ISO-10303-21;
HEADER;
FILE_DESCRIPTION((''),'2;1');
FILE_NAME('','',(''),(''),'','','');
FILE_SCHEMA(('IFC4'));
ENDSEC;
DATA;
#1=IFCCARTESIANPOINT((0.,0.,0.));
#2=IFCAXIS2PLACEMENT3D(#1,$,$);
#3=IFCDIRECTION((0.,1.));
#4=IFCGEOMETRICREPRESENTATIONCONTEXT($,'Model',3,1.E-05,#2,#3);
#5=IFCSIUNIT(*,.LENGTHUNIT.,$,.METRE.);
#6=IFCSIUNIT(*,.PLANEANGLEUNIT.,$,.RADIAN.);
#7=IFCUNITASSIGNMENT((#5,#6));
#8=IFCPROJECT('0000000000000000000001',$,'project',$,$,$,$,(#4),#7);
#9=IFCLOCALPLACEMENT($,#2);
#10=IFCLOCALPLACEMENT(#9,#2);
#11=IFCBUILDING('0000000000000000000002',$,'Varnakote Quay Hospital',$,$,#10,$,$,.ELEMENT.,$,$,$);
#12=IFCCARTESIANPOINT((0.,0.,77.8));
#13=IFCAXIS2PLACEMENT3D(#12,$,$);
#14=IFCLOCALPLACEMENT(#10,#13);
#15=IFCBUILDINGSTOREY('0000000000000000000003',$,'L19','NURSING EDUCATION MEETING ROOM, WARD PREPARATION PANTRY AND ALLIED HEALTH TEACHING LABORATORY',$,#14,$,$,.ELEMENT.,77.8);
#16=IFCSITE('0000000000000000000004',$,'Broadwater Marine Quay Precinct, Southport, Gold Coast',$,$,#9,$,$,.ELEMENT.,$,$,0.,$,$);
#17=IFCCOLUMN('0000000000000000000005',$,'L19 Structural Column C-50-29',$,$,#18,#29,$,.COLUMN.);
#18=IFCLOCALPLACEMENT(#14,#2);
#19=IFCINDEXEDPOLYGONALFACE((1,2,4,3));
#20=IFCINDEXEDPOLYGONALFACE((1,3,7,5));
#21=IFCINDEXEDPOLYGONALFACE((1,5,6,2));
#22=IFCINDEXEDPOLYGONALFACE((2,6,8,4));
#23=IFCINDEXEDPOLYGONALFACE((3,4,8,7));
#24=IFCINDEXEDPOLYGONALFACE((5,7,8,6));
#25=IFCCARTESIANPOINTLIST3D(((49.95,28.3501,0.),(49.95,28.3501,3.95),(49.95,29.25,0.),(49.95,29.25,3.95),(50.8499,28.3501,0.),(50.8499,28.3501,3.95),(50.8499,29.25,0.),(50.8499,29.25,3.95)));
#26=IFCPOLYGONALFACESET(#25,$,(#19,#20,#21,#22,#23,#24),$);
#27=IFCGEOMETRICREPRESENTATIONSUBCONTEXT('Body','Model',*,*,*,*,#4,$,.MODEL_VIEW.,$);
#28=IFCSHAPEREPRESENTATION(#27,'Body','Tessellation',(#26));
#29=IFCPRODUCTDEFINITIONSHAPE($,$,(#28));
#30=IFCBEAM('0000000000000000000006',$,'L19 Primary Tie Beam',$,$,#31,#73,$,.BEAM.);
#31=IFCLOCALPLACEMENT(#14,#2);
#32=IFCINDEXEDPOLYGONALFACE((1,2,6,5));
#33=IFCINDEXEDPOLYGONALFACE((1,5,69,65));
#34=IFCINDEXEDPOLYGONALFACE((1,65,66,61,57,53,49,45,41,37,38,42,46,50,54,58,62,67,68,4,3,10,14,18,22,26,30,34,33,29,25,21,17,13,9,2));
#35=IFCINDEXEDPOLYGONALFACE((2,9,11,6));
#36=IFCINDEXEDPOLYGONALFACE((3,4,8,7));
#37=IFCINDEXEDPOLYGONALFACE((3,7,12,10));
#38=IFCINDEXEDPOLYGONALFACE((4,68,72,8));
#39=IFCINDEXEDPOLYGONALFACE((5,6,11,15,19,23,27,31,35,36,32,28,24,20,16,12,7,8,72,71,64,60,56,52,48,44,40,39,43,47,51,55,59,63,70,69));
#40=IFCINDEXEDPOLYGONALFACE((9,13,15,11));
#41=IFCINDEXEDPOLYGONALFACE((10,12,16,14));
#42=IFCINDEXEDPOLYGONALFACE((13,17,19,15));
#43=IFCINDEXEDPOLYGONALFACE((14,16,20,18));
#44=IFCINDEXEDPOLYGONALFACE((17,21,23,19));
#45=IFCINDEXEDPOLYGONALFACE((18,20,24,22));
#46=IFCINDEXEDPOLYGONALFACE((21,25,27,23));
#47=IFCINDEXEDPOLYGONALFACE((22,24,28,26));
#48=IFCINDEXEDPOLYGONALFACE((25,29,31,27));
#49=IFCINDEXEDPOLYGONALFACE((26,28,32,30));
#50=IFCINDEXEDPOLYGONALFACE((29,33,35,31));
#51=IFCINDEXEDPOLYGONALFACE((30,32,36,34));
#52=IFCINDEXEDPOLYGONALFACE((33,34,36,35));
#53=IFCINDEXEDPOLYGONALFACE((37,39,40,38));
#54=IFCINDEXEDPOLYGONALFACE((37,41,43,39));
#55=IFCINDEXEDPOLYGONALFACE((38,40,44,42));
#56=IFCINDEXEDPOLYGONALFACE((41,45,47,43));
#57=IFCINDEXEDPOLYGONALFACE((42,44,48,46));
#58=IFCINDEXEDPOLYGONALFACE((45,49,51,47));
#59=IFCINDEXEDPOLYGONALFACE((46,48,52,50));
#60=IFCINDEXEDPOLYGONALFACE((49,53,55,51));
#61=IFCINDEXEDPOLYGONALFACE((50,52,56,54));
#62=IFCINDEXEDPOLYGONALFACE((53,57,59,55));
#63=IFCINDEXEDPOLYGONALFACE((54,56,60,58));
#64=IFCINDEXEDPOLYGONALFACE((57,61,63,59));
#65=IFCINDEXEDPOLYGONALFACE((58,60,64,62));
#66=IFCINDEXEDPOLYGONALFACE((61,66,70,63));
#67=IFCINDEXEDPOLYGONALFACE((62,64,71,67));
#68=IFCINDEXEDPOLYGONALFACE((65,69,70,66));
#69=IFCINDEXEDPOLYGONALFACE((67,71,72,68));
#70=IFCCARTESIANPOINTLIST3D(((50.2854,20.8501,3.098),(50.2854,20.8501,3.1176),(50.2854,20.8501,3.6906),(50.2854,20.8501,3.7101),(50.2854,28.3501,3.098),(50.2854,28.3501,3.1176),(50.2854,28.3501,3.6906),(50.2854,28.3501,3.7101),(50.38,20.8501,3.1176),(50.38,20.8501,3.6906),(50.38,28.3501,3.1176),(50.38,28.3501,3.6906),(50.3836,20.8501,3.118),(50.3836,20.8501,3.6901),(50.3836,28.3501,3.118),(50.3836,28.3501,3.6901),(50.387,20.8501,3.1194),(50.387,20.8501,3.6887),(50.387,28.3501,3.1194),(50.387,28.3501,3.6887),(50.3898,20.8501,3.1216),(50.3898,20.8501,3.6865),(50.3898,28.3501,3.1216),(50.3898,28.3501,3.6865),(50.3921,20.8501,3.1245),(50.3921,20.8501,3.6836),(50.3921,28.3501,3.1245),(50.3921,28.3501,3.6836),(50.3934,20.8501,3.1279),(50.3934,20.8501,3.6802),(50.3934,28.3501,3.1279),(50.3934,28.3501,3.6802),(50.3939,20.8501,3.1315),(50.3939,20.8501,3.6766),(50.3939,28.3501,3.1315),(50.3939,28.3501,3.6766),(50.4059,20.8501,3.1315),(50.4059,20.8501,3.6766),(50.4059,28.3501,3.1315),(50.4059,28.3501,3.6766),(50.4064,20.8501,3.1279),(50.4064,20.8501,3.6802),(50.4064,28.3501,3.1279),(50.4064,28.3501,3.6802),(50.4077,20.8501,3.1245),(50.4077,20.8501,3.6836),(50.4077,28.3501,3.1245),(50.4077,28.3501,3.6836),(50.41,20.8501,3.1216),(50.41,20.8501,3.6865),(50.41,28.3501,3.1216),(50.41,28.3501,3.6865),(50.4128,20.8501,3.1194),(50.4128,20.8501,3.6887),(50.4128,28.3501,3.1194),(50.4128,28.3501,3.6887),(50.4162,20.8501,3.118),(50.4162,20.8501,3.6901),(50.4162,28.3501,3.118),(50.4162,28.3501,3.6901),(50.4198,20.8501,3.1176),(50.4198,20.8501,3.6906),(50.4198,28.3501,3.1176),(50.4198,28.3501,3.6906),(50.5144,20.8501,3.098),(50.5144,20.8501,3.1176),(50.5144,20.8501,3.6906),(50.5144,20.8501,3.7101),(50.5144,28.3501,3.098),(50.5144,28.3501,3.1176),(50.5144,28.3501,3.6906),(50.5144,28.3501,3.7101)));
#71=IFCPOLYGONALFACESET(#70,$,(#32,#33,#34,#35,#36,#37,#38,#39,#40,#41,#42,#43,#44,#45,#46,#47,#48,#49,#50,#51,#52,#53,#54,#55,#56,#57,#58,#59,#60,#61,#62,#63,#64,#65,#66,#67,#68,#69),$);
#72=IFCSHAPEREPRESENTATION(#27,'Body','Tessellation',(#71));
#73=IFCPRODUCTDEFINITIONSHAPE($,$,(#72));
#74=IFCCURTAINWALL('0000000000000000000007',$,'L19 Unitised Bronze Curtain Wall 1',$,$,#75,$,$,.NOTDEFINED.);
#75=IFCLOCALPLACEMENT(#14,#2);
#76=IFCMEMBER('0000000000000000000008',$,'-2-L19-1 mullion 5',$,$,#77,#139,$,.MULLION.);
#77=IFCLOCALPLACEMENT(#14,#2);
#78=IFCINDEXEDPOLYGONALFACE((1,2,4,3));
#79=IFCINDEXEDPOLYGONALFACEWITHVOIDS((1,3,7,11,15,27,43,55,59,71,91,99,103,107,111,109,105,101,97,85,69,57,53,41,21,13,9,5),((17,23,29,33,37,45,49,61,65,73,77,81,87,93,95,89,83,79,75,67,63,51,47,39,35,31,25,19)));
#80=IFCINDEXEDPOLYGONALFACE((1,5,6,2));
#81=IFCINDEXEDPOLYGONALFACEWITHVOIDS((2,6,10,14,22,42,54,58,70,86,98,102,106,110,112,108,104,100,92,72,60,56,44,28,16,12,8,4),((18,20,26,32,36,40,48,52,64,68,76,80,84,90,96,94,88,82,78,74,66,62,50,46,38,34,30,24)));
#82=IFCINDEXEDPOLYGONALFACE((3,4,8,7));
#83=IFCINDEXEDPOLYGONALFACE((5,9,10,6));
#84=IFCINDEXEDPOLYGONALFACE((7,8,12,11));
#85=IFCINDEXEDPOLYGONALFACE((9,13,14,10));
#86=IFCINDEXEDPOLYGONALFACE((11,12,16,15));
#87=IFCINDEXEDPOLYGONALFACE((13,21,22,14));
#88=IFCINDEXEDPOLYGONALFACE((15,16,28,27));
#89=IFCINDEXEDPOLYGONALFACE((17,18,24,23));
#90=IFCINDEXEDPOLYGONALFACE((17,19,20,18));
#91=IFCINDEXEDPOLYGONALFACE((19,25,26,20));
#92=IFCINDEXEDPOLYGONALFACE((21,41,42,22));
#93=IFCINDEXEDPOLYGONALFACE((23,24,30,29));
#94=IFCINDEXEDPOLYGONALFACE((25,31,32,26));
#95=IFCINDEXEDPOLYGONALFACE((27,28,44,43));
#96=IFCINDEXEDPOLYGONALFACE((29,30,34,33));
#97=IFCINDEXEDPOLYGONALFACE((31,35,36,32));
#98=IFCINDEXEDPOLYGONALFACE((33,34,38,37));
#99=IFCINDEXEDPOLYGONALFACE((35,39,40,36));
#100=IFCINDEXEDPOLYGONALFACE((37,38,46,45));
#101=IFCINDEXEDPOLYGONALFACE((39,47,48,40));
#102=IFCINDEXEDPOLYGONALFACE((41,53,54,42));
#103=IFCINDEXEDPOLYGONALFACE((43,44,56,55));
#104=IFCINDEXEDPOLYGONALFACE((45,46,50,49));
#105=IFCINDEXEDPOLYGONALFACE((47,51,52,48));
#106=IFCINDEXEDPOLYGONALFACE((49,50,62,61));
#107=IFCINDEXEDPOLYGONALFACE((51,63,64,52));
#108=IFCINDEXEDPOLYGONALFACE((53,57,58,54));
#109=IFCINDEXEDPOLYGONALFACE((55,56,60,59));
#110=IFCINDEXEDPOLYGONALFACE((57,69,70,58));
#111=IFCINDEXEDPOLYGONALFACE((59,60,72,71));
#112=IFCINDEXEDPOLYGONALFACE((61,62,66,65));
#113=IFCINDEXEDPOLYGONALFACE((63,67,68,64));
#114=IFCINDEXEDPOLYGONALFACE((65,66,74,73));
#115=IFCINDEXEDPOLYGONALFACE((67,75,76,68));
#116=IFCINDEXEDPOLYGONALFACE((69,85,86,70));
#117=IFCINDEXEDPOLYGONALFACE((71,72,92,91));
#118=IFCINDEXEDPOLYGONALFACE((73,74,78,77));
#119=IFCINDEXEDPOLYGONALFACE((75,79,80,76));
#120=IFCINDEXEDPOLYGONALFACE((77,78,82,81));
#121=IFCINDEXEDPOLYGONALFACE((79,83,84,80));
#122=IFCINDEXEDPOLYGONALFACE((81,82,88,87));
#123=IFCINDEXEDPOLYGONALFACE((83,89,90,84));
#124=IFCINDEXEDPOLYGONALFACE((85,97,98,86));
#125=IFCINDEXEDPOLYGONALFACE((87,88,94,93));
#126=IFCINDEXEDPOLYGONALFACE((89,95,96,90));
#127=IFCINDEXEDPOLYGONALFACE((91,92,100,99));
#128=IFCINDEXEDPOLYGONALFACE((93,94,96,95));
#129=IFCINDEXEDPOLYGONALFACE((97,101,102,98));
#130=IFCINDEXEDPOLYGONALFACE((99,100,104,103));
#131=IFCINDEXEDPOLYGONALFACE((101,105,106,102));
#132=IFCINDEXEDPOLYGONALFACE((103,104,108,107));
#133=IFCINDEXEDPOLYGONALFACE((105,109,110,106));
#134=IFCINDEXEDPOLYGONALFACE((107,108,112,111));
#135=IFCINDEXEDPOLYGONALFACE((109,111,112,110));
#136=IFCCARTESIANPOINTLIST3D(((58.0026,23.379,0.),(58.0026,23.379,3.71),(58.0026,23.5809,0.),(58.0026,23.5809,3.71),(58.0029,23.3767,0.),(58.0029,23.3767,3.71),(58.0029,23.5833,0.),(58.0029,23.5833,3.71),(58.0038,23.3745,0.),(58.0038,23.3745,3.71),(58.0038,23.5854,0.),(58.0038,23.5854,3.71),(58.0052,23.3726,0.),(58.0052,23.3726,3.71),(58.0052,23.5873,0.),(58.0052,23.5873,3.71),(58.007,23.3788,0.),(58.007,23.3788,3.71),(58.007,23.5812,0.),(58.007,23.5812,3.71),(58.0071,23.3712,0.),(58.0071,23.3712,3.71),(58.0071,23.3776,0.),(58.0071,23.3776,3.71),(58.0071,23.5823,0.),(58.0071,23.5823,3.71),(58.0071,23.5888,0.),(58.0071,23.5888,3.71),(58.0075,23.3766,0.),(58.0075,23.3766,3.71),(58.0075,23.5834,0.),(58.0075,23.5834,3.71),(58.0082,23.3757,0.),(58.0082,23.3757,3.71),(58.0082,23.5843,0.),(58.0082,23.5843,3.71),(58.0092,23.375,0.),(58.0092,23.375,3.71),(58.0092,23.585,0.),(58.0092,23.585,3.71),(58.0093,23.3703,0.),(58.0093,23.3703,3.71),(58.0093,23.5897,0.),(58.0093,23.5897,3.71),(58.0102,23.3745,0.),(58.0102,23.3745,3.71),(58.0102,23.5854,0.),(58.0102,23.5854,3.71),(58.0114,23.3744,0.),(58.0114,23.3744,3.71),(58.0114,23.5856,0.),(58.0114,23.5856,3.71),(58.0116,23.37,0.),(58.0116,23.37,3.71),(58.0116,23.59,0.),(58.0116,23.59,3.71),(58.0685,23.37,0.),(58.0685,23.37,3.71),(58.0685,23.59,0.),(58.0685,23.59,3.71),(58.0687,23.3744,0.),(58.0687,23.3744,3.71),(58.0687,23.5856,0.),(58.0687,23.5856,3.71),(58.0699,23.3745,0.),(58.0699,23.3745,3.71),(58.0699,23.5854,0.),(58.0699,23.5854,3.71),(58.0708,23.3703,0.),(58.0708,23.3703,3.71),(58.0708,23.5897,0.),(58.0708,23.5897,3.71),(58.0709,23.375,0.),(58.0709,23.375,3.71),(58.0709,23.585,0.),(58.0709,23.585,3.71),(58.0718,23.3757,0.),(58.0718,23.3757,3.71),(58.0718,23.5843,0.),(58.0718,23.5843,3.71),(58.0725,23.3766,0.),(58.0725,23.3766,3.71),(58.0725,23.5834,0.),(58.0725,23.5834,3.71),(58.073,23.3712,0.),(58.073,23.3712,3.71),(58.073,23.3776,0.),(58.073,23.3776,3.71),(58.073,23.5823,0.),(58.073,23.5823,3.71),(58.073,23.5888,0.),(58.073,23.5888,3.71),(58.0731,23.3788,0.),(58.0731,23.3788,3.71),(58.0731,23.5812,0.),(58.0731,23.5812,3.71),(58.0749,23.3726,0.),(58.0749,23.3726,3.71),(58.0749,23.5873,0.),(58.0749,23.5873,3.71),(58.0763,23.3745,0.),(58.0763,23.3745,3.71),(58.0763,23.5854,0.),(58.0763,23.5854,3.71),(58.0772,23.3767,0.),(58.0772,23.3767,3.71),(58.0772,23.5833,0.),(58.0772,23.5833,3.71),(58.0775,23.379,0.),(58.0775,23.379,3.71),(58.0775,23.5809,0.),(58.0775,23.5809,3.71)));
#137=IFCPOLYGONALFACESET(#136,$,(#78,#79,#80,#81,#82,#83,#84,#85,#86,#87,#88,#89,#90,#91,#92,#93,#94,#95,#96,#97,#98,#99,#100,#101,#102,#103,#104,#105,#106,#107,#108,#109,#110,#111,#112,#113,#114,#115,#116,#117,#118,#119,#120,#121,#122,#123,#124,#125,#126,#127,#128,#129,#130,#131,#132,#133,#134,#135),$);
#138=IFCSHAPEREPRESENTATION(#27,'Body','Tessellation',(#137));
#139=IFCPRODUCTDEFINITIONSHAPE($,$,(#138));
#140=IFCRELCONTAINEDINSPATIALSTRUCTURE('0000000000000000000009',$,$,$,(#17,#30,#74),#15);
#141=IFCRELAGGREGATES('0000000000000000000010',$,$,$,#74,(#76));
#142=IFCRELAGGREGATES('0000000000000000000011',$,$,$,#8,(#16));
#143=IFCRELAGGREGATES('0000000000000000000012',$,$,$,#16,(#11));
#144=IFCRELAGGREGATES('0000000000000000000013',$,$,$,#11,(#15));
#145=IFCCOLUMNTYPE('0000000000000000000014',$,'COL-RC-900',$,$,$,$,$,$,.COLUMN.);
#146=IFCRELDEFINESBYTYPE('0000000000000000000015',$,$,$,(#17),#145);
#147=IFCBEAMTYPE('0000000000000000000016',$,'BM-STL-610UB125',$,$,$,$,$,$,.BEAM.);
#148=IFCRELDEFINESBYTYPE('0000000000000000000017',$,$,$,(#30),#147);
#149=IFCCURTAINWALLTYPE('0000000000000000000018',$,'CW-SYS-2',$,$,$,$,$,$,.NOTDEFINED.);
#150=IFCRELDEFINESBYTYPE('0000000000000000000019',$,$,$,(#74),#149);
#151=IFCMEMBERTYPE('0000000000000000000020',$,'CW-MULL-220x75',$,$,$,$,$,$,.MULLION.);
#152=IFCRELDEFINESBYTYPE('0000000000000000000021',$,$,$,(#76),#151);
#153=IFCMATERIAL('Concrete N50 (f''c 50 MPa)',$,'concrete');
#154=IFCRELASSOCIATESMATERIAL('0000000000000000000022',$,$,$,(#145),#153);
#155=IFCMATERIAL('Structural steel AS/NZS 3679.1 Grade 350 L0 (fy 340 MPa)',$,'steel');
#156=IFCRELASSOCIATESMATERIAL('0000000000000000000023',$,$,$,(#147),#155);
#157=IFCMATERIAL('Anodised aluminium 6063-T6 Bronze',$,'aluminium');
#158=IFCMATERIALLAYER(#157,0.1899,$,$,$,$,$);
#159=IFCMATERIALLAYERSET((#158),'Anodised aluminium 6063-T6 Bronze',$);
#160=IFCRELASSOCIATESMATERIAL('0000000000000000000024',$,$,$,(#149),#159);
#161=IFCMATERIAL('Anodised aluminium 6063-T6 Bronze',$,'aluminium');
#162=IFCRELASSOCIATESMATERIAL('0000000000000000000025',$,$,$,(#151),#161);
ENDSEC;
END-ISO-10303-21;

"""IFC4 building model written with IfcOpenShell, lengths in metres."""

from ifc_helpers import new_model, si_unit, direction, frame, origin, origin_2d, place, context, subcontext, project, spatial, rectangle, hollow_rectangle, i_section, extrude, material, layer, layer_set, material_profile, profile_set, type_object, element, aggregate, save


model = new_model("IFC4")

# Units and contexts
model_context = context("Model", 3, precision=1e-05, world=origin(), true_north=direction((0.0, 1.0)))
body_context = subcontext(model_context, "Body", "Model", "MODEL_VIEW")
ifc_project = project(units=[si_unit("LENGTHUNIT", "METRE"), si_unit("PLANEANGLEUNIT", "RADIAN")], contexts=[model_context])

# Site, building, storey
site_placement = place(None, origin())
site = spatial("IfcSite", under=ifc_project, at=site_placement, Name="Broadwater Marine Quay Precinct, Southport, Gold Coast", CompositionType="ELEMENT", RefElevation=0.0)
building_placement = place(site_placement, origin())
building = spatial("IfcBuilding", under=site, at=building_placement, Name="Varnakote Quay Hospital", CompositionType="ELEMENT")
storey_placement = place(building_placement, frame((0.0, 0.0, 77.8)))
storey = spatial("IfcBuildingStorey", under=building, at=storey_placement, Name="L19", Description="NURSING EDUCATION MEETING ROOM, WARD PREPARATION PANTRY AND ALLIED HEALTH TEACHING LABORATORY", CompositionType="ELEMENT", Elevation=77.8)

# Column
ifc_material_1 = material(Name="Concrete N50 (f'c 50 MPa)", Category="concrete")
ifc_material_profile_1 = material_profile(ifc_material_1, rectangle(XDim=0.8999, YDim=0.8999, at=origin_2d()), Name="RC-COL-900x900")
ifc_profile_set_1 = profile_set([ifc_material_profile_1], Name="Concrete N50 (f'c 50 MPa)")
column_type = type_object("IfcColumnType", Name="COL-RC-900", PredefinedType="COLUMN", material=ifc_profile_set_1)
column_placement = place(storey_placement, frame((50.3999, 28.8, 0.0), z_axis=(0.0, 0.0, 1.0), x_axis=(1.0, 0.0, 0.0)))
element("IfcColumn", 1, at=column_placement, inside=storey, type_object=column_type, Name="L19 Structural Column C-50-29", PredefinedType="COLUMN", context=body_context, shape_type="SweptSolid", body=[
    extrude(rectangle(XDim=0.8999, YDim=0.8999, at=origin_2d()), origin(), (0.0, 0.0, 1.0), 3.95),
])

# Beam
ifc_material_2 = material(Name="Structural steel AS/NZS 3679.1 Grade 350 L0 (fy 340 MPa)", Category="steel")
ifc_material_profile_2 = material_profile(ifc_material_2, i_section(OverallWidth=0.229, OverallDepth=0.6121, WebThickness=0.012, FlangeThickness=0.0195, FilletRadius=0.0139, at=origin_2d()), Name="610UB125")
ifc_profile_set_2 = profile_set([ifc_material_profile_2], Name="Structural steel AS/NZS 3679.1 Grade 350 L0 (fy 340 MPa)")
beam_type = type_object("IfcBeamType", Name="BM-STL-610UB125", PredefinedType="BEAM", material=ifc_profile_set_2)
beam_placement = place(storey_placement, frame((50.3999, 20.8501, 3.4041), z_axis=(0.0, 1.0, 0.0), x_axis=(-1.0, 0.0, 0.0)))
element("IfcBeam", 2, at=beam_placement, inside=storey, type_object=beam_type, Name="L19 Primary Tie Beam", PredefinedType="BEAM", context=body_context, shape_type="SweptSolid", body=[
    extrude(i_section(OverallWidth=0.229, OverallDepth=0.6121, WebThickness=0.012, FlangeThickness=0.0195, FilletRadius=0.0139, at=origin_2d()), origin(), (0.0, 0.0, 1.0), 7.5),
])

# Curtain wall, member
ifc_material_3 = material(Name="Anodised aluminium 6063-T6 Bronze", Category="aluminium")
ifc_layer_1 = layer(ifc_material_3, 0.1899)
ifc_layer_set_1 = layer_set([ifc_layer_1], Name="Anodised aluminium 6063-T6 Bronze")
curtain_wall_type = type_object("IfcCurtainWallType", Name="CW-SYS-2", PredefinedType="NOTDEFINED", material=ifc_layer_set_1)
curtain_wall_placement = place(storey_placement, origin())
curtain_wall = element("IfcCurtainWall", 3, at=curtain_wall_placement, inside=storey, type_object=curtain_wall_type, Name="L19 Unitised Bronze Curtain Wall 1", PredefinedType="NOTDEFINED")
ifc_material_4 = material(Name="Anodised aluminium 6063-T6 Bronze", Category="aluminium")
ifc_material_profile_3 = material_profile(ifc_material_4, hollow_rectangle(XDim=0.075, YDim=0.22, WallThickness=0.0044, InnerFilletRadius=0.0044, OuterFilletRadius=0.009, at=origin_2d()), Name="CW-MULL-220x75")
ifc_profile_set_3 = profile_set([ifc_material_profile_3], Name="Anodised aluminium 6063-T6 Bronze")
member_type_1 = type_object("IfcMemberType", Name="CW-MULL-220x75", PredefinedType="MULLION", material=ifc_profile_set_3)
member_1_placement = place(storey_placement, frame((58.04, 23.48, 0.0), z_axis=(0.0, 0.0, 1.0), x_axis=(-1.0, 0.0, 0.0)))
member_1 = element("IfcMember", 4, at=member_1_placement, type_object=member_type_1, Name="-2-L19-1 mullion 5", PredefinedType="MULLION", context=body_context, shape_type="SweptSolid", body=[
    extrude(hollow_rectangle(XDim=0.075, YDim=0.22, WallThickness=0.0044, InnerFilletRadius=0.0044, OuterFilletRadius=0.009, at=origin_2d()), origin(), (0.0, 0.0, 1.0), 3.71),
])
aggregate(curtain_wall, [member_1])

save(model, "model.ifc")
